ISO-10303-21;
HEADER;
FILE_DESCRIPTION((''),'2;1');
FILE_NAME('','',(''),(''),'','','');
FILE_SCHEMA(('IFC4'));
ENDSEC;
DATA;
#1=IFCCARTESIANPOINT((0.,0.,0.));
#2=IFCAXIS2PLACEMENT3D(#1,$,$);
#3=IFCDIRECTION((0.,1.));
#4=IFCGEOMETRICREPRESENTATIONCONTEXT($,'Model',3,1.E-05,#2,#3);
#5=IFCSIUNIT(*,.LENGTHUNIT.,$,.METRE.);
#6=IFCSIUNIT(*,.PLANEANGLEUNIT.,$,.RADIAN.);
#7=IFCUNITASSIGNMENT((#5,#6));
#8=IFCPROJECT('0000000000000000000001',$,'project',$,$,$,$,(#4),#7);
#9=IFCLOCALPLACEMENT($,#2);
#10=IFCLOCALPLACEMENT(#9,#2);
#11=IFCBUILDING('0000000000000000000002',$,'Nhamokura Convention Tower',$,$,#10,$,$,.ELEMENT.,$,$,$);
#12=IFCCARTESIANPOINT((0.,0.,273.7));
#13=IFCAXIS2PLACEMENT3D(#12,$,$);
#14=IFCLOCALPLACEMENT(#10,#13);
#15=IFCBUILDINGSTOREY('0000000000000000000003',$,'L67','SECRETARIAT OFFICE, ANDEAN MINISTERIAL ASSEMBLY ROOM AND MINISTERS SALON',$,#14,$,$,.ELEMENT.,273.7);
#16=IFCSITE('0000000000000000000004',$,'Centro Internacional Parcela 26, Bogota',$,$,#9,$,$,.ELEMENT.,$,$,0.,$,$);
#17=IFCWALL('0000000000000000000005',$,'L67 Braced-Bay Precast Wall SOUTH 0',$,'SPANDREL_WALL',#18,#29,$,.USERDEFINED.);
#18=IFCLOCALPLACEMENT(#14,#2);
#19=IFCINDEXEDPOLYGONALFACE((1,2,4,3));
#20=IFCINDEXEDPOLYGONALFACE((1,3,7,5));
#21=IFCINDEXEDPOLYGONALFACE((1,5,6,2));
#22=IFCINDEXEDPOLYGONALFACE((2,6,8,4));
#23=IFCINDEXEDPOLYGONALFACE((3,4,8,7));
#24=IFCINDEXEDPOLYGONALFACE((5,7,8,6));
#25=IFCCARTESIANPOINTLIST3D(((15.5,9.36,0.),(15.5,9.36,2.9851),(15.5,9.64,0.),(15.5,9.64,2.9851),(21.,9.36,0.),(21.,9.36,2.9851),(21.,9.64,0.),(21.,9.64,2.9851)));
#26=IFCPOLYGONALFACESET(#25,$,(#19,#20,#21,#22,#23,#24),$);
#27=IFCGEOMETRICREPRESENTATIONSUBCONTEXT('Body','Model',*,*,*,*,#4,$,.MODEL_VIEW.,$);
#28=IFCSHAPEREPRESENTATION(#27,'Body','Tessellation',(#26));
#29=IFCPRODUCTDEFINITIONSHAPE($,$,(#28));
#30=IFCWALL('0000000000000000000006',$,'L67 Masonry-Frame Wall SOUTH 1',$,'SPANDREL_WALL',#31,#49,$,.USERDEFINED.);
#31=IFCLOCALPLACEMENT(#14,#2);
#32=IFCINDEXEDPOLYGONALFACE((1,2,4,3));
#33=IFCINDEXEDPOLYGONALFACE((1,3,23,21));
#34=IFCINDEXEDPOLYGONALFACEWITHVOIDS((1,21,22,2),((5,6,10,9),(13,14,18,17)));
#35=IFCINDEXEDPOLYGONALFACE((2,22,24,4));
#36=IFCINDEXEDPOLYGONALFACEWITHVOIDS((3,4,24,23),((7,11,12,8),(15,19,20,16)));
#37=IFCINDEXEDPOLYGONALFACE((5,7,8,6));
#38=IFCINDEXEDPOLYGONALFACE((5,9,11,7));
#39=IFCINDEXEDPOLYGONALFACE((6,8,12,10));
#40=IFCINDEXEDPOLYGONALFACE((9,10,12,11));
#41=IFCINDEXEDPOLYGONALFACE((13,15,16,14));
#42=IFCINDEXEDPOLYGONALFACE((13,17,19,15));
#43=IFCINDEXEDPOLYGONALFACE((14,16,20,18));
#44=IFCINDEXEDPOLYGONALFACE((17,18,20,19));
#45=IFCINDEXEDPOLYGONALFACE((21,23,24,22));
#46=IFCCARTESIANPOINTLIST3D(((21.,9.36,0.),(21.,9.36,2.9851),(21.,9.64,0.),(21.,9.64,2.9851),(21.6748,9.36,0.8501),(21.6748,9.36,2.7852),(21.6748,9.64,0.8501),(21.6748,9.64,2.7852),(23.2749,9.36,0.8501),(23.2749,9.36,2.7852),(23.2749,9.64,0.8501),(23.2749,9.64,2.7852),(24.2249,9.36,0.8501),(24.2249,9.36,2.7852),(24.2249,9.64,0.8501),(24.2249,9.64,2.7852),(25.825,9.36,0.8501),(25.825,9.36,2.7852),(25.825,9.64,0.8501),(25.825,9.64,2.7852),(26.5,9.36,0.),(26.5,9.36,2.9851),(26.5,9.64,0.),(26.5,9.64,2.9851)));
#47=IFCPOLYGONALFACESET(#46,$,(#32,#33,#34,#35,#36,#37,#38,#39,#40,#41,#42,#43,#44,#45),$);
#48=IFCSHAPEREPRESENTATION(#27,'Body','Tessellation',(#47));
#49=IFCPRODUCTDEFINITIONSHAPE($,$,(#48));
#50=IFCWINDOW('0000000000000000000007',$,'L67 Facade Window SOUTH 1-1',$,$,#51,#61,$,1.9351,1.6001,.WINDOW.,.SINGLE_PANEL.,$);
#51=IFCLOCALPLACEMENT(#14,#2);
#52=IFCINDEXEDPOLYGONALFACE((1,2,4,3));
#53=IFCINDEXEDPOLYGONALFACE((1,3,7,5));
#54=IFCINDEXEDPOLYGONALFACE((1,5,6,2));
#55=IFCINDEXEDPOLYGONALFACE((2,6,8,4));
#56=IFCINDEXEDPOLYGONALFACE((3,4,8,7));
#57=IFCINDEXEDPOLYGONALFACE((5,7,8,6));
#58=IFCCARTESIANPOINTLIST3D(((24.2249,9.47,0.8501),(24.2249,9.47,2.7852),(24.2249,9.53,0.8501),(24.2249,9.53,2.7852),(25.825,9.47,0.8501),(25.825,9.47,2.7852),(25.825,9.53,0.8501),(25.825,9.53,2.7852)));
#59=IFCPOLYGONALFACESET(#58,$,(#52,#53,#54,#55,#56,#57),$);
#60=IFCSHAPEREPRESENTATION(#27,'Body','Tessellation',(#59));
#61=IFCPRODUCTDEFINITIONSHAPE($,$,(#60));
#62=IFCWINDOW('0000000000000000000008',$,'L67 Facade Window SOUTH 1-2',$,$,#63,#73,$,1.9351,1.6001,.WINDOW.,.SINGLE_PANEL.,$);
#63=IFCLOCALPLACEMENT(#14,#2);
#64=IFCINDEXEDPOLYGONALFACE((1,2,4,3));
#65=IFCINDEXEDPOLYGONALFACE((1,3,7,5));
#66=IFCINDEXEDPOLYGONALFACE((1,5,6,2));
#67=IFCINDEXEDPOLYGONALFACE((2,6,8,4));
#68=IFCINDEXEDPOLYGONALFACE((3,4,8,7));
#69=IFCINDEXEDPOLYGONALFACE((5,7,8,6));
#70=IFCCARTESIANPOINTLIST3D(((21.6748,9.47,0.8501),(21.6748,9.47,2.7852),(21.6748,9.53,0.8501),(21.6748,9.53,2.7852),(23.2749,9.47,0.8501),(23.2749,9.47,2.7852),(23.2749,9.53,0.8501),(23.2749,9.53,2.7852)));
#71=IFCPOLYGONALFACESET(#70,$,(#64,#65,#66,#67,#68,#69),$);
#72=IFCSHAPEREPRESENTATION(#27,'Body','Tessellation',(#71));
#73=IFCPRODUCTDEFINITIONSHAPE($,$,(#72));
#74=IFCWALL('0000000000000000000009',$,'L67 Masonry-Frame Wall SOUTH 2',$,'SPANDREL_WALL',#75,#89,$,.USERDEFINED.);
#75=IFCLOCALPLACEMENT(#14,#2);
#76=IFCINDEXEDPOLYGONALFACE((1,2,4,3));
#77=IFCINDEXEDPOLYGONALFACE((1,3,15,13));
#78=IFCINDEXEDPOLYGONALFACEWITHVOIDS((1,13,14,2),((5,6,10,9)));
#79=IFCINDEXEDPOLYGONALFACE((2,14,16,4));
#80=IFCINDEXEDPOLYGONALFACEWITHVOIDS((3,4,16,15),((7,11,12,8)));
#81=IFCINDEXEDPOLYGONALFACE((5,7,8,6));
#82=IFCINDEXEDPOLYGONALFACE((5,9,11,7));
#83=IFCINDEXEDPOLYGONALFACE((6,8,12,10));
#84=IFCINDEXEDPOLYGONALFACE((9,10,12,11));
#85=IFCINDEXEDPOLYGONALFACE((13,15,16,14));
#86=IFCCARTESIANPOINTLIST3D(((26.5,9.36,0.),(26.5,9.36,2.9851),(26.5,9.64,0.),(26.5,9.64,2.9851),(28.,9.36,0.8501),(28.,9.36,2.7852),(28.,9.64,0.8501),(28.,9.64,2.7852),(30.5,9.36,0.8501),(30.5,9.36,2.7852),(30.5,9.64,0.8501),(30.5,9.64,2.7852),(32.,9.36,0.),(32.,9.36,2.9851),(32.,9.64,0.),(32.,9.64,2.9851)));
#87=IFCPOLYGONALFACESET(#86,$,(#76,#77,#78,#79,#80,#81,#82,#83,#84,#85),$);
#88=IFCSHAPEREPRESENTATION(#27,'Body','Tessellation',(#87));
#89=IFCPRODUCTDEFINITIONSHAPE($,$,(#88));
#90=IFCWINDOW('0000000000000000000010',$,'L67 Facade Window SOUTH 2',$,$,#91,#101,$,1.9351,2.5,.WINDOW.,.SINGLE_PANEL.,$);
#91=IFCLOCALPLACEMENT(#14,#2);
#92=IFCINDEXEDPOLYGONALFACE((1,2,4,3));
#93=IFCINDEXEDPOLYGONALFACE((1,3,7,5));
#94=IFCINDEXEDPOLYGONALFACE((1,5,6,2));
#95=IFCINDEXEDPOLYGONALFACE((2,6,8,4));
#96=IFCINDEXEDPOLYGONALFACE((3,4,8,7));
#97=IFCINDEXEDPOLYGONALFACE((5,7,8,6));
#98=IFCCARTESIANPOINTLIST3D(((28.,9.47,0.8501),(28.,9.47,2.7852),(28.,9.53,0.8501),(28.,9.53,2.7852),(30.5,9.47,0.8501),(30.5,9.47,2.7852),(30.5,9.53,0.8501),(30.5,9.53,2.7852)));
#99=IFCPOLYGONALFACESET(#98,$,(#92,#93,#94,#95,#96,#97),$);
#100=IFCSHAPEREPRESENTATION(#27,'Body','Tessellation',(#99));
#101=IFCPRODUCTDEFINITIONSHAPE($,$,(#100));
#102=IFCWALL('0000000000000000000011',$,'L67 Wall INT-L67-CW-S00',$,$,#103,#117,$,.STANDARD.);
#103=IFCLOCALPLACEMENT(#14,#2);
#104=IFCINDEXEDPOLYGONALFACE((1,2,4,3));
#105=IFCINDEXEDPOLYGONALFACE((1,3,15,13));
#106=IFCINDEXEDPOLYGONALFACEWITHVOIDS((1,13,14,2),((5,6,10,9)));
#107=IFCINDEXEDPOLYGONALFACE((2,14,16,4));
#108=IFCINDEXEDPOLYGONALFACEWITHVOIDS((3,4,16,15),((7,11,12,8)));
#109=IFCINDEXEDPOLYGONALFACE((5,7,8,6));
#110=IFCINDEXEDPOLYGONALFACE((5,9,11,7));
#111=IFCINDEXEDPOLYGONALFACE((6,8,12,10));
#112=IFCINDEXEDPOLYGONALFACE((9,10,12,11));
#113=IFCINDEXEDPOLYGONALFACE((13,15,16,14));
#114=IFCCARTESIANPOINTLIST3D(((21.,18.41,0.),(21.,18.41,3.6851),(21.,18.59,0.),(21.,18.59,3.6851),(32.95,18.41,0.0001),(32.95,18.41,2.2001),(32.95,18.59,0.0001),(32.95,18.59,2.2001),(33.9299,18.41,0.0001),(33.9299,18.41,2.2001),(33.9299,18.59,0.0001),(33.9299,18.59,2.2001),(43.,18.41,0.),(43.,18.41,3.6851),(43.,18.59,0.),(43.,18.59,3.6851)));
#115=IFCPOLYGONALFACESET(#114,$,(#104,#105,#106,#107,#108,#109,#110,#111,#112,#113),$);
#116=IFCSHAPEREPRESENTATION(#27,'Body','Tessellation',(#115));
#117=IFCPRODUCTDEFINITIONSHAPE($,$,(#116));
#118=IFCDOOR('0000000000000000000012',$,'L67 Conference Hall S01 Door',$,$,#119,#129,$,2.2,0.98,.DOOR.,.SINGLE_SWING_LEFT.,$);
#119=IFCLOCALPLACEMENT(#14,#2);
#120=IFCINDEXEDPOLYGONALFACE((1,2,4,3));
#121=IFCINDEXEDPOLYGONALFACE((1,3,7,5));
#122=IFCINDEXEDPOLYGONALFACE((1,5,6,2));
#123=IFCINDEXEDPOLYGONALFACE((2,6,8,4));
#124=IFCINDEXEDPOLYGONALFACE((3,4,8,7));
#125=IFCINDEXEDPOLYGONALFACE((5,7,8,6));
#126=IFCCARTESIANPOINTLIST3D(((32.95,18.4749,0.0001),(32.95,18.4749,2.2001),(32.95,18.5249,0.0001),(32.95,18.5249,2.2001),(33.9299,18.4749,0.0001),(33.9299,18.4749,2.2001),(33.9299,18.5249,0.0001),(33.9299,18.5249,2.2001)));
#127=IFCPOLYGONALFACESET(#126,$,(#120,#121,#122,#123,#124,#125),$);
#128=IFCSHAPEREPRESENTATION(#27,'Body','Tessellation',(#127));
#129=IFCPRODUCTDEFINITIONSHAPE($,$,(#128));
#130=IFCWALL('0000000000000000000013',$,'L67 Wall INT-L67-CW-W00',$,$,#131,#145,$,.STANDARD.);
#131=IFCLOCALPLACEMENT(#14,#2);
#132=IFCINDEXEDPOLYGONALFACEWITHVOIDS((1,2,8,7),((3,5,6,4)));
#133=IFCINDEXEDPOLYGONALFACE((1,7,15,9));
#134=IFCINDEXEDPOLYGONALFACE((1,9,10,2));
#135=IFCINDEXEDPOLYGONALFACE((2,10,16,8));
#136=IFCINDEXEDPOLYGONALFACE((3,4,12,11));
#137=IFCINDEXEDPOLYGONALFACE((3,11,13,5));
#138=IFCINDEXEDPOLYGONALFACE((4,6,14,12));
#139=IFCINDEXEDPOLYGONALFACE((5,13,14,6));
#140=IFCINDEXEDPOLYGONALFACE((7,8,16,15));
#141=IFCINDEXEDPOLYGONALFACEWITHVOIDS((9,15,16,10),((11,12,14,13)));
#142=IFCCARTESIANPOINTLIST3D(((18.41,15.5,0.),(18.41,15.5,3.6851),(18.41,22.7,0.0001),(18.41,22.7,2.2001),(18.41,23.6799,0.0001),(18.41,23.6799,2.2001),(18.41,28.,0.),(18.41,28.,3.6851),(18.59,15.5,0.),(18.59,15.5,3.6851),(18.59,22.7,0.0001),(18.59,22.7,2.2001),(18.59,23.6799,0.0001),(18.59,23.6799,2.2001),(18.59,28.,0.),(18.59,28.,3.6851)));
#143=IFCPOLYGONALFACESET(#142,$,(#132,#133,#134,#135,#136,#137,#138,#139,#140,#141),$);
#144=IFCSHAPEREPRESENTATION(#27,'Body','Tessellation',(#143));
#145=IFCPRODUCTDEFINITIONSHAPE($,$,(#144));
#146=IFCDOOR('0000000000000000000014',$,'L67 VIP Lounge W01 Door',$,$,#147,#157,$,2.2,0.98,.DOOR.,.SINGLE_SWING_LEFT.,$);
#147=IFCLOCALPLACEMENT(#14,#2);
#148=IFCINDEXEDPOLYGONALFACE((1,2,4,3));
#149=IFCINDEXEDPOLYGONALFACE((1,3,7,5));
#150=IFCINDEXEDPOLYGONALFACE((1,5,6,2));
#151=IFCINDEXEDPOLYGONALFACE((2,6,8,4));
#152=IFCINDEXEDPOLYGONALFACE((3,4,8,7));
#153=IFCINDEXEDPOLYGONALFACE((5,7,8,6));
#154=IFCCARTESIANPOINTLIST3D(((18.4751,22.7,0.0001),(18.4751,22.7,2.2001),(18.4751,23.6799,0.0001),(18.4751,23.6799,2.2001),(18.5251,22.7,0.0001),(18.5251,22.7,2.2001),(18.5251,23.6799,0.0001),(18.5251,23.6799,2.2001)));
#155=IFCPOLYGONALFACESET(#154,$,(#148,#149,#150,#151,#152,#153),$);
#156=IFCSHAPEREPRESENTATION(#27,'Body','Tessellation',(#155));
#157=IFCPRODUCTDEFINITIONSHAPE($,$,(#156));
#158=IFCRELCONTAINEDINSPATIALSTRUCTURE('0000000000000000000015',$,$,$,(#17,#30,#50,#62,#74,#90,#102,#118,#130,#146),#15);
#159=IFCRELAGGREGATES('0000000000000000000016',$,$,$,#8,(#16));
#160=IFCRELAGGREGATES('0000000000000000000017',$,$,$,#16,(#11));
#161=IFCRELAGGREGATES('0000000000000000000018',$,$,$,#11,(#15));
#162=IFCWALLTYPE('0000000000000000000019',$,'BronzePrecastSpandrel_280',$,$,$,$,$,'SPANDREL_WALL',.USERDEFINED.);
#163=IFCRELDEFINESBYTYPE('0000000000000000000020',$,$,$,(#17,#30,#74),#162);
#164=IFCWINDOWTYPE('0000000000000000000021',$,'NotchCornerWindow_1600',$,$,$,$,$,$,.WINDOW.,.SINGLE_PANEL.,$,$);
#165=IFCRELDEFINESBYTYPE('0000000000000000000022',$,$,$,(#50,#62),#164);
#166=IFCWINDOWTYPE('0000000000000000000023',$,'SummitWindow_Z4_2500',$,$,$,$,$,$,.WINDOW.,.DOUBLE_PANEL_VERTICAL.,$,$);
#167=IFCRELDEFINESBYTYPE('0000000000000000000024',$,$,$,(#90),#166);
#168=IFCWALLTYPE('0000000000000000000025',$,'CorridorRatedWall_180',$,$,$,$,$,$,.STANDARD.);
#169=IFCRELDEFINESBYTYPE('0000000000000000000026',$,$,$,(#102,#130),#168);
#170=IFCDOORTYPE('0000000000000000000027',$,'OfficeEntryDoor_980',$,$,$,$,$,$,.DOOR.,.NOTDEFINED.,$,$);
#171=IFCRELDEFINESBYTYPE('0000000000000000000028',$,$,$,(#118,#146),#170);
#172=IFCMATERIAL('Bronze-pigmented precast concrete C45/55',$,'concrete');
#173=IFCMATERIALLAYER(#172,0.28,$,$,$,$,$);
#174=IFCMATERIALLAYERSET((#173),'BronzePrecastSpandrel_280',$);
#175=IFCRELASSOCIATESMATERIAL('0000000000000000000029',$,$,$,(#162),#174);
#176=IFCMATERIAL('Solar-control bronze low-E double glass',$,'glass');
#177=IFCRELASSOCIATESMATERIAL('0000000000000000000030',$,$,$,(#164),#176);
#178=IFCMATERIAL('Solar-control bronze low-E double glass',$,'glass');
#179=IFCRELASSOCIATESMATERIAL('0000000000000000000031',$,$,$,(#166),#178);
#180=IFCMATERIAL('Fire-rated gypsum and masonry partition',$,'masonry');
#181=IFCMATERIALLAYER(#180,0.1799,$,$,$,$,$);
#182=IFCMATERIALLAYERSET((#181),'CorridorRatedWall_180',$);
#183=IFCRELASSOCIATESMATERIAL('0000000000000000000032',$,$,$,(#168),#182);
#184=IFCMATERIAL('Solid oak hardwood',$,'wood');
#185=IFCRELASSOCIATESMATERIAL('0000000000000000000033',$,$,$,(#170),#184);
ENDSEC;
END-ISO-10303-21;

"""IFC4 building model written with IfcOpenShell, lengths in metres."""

from ifc_helpers import new_model, si_unit, direction, frame, frame_2d, origin, place, context, subcontext, project, spatial, rectangle, extrude, material, layer, layer_set, type_object, element, fill, save


model = new_model("IFC4")

# Units and contexts
model_context = context("Model", 3, precision=1e-05, world=origin(), true_north=direction((0.0, 1.0)))
body_context = subcontext(model_context, "Body", "Model", "MODEL_VIEW")
ifc_project = project(units=[si_unit("LENGTHUNIT", "METRE"), si_unit("PLANEANGLEUNIT", "RADIAN")], contexts=[model_context])

# Site, building, storey
site_placement = place(None, origin())
site = spatial("IfcSite", under=ifc_project, at=site_placement, Name="Centro Internacional Parcela 26, Bogota", CompositionType="ELEMENT", RefElevation=0.0)
building_placement = place(site_placement, origin())
building = spatial("IfcBuilding", under=site, at=building_placement, Name="Nhamokura Convention Tower", CompositionType="ELEMENT")
storey_placement = place(building_placement, frame((0.0, 0.0, 273.7)))
storey = spatial("IfcBuildingStorey", under=building, at=storey_placement, Name="L67", Description="SECRETARIAT OFFICE, ANDEAN MINISTERIAL ASSEMBLY ROOM AND MINISTERS SALON", CompositionType="ELEMENT", Elevation=273.7)

# Wall
ifc_material_1 = material(Name="Bronze-pigmented precast concrete C45/55", Category="concrete")
ifc_layer_1 = layer(ifc_material_1, 0.28)
ifc_layer_set_1 = layer_set([ifc_layer_1], Name="BronzePrecastSpandrel_280")
wall_type_1 = type_object("IfcWallType", Name="BronzePrecastSpandrel_280", ElementType="SPANDREL_WALL", PredefinedType="USERDEFINED", material=ifc_layer_set_1)
wall_1_placement = place(storey_placement, frame((21.0, 9.5, 0.0), z_axis=(0.0, 0.0, 1.0), x_axis=(-1.0, 0.0, 0.0)))
element("IfcWall", 1, at=wall_1_placement, inside=storey, type_object=wall_type_1, Name="L67 Braced-Bay Precast Wall SOUTH 0", ObjectType="SPANDREL_WALL", PredefinedType="USERDEFINED", context=body_context, shape_type="SweptSolid", body=[
    extrude(rectangle(XDim=5.5, YDim=0.28, at=frame_2d((2.75, 0.0))), origin(), (0.0, 0.0, 1.0), 2.9851),
])

# Wall, openings, windows
wall_2_placement = place(storey_placement, frame((26.5, 9.5, 0.0), z_axis=(0.0, 0.0, 1.0), x_axis=(-1.0, 0.0, 0.0)))
wall_2 = element("IfcWall", 2, at=wall_2_placement, inside=storey, type_object=wall_type_1, Name="L67 Masonry-Frame Wall SOUTH 1", ObjectType="SPANDREL_WALL", PredefinedType="USERDEFINED", context=body_context, shape_type="SweptSolid", body=[
    extrude(rectangle(XDim=5.5, YDim=0.28, at=frame_2d((2.75, 0.0))), origin(), (0.0, 0.0, 1.0), 2.9851),
])
opening_1_placement = place(wall_2_placement, frame((0.675, 0.0, 0.8501)))
opening_1 = element("IfcOpeningElement", 3, at=opening_1_placement, cuts=wall_2, PredefinedType="OPENING", context=body_context, shape_type="SweptSolid", body=[
    extrude(rectangle(XDim=1.6001, YDim=1.9351, at=frame_2d((0.8, 0.9675))), frame((0.0, 0.1499, 0.0), z_axis=(0.0, -1.0, 0.0), x_axis=(1.0, 0.0, 0.0)), (0.0, 0.0, 1.0), 0.3),
])
opening_2_placement = place(wall_2_placement, frame((3.2251, 0.0, 0.8501)))
opening_2 = element("IfcOpeningElement", 4, at=opening_2_placement, cuts=wall_2, PredefinedType="OPENING", context=body_context, shape_type="SweptSolid", body=[
    extrude(rectangle(XDim=1.6001, YDim=1.9351, at=frame_2d((0.8, 0.9675))), frame((0.0, 0.1499, 0.0), z_axis=(0.0, -1.0, 0.0), x_axis=(1.0, 0.0, 0.0)), (0.0, 0.0, 1.0), 0.3),
])
ifc_material_2 = material(Name="Solar-control bronze low-E double glass", Category="glass")
window_type_1 = type_object("IfcWindowType", Name="NotchCornerWindow_1600", PartitioningType="SINGLE_PANEL", PredefinedType="WINDOW", material=ifc_material_2)
window_1_placement = place(opening_1_placement, origin())
window_1 = element("IfcWindow", 5, at=window_1_placement, inside=storey, type_object=window_type_1, Name="L67 Facade Window SOUTH 1-1", OverallHeight=1.9351, OverallWidth=1.6001, PartitioningType="SINGLE_PANEL", PredefinedType="WINDOW", context=body_context, shape_type="SweptSolid", body=[
    extrude(rectangle(XDim=1.6001, YDim=1.9351, at=frame_2d((0.8, 0.9675))), frame((0.0, 0.03, 0.0), z_axis=(0.0, -1.0, 0.0), x_axis=(1.0, 0.0, 0.0)), (0.0, 0.0, 1.0), 0.0601),
])
fill(opening_1, window_1)
window_2_placement = place(opening_2_placement, origin())
window_2 = element("IfcWindow", 6, at=window_2_placement, inside=storey, type_object=window_type_1, Name="L67 Facade Window SOUTH 1-2", OverallHeight=1.9351, OverallWidth=1.6001, PartitioningType="SINGLE_PANEL", PredefinedType="WINDOW", context=body_context, shape_type="SweptSolid", body=[
    extrude(rectangle(XDim=1.6001, YDim=1.9351, at=frame_2d((0.8, 0.9675))), frame((0.0, 0.03, 0.0), z_axis=(0.0, -1.0, 0.0), x_axis=(1.0, 0.0, 0.0)), (0.0, 0.0, 1.0), 0.0601),
])
fill(opening_2, window_2)

# Wall, opening, window
wall_3_placement = place(storey_placement, frame((32.0, 9.5, 0.0), z_axis=(0.0, 0.0, 1.0), x_axis=(-1.0, 0.0, 0.0)))
wall_3 = element("IfcWall", 7, at=wall_3_placement, inside=storey, type_object=wall_type_1, Name="L67 Masonry-Frame Wall SOUTH 2", ObjectType="SPANDREL_WALL", PredefinedType="USERDEFINED", context=body_context, shape_type="SweptSolid", body=[
    extrude(rectangle(XDim=5.5, YDim=0.28, at=frame_2d((2.75, 0.0))), origin(), (0.0, 0.0, 1.0), 2.9851),
])
opening_3_placement = place(wall_3_placement, frame((1.5, 0.0, 0.8501)))
opening_3 = element("IfcOpeningElement", 8, at=opening_3_placement, cuts=wall_3, PredefinedType="OPENING", context=body_context, shape_type="SweptSolid", body=[
    extrude(rectangle(XDim=2.5, YDim=1.9351, at=frame_2d((1.25, 0.9675))), frame((0.0, 0.1499, 0.0), z_axis=(0.0, -1.0, 0.0), x_axis=(1.0, 0.0, 0.0)), (0.0, 0.0, 1.0), 0.3),
])
ifc_material_3 = material(Name="Solar-control bronze low-E double glass", Category="glass")
window_type_2 = type_object("IfcWindowType", Name="SummitWindow_Z4_2500", PartitioningType="DOUBLE_PANEL_VERTICAL", PredefinedType="WINDOW", material=ifc_material_3)
window_3_placement = place(opening_3_placement, origin())
window_3 = element("IfcWindow", 9, at=window_3_placement, inside=storey, type_object=window_type_2, Name="L67 Facade Window SOUTH 2", OverallHeight=1.9351, OverallWidth=2.5, PartitioningType="SINGLE_PANEL", PredefinedType="WINDOW", context=body_context, shape_type="SweptSolid", body=[
    extrude(rectangle(XDim=2.5, YDim=1.9351, at=frame_2d((1.25, 0.9675))), frame((0.0, 0.03, 0.0), z_axis=(0.0, -1.0, 0.0), x_axis=(1.0, 0.0, 0.0)), (0.0, 0.0, 1.0), 0.0601),
])
fill(opening_3, window_3)

# Walls, openings, doors
ifc_material_4 = material(Name="Fire-rated gypsum and masonry partition", Category="masonry")
ifc_layer_2 = layer(ifc_material_4, 0.1799)
ifc_layer_set_2 = layer_set([ifc_layer_2], Name="CorridorRatedWall_180")
wall_type_2 = type_object("IfcWallType", Name="CorridorRatedWall_180", PredefinedType="STANDARD", material=ifc_layer_set_2)
wall_4_placement = place(storey_placement, frame((21.0, 18.5, 0.0), z_axis=(0.0, 0.0, 1.0), x_axis=(1.0, 0.0, 0.0)))
wall_4 = element("IfcWall", 10, at=wall_4_placement, inside=storey, type_object=wall_type_2, Name="L67 Wall INT-L67-CW-S00", PredefinedType="STANDARD", context=body_context, shape_type="SweptSolid", body=[
    extrude(rectangle(XDim=22.0, YDim=0.1799, at=frame_2d((11.0, 0.0))), origin(), (0.0, 0.0, 1.0), 3.6851),
])
opening_4_placement = place(wall_4_placement, frame((11.95, 0.0, 0.0)))
opening_4 = element("IfcOpeningElement", 11, at=opening_4_placement, cuts=wall_4, PredefinedType="OPENING", context=body_context, shape_type="SweptSolid", body=[
    extrude(rectangle(XDim=0.98, YDim=2.2, at=frame_2d((0.49, 1.1001))), frame((0.0, 0.0999, 0.0), z_axis=(0.0, -1.0, 0.0), x_axis=(1.0, 0.0, 0.0)), (0.0, 0.0, 1.0), 0.2),
])
ifc_material_5 = material(Name="Solid oak hardwood", Category="wood")
door_type = type_object("IfcDoorType", Name="OfficeEntryDoor_980", OperationType="NOTDEFINED", PredefinedType="DOOR", material=ifc_material_5)
door_1_placement = place(opening_4_placement, origin())
door_1 = element("IfcDoor", 12, at=door_1_placement, inside=storey, type_object=door_type, Name="L67 Conference Hall S01 Door", OperationType="SINGLE_SWING_LEFT", OverallHeight=2.2, OverallWidth=0.98, PredefinedType="DOOR", context=body_context, shape_type="SweptSolid", body=[
    extrude(rectangle(XDim=0.98, YDim=2.2, at=frame_2d((0.49, 1.1001))), frame((0.0, 0.0249, 0.0), z_axis=(0.0, -1.0, 0.0), x_axis=(1.0, 0.0, 0.0)), (0.0, 0.0, 1.0), 0.05),
])
fill(opening_4, door_1)
wall_5_placement = place(storey_placement, frame((18.5, 15.5, 0.0), z_axis=(0.0, 0.0, 1.0), x_axis=(0.0, 1.0, 0.0)))
wall_5 = element("IfcWall", 13, at=wall_5_placement, inside=storey, type_object=wall_type_2, Name="L67 Wall INT-L67-CW-W00", PredefinedType="STANDARD", context=body_context, shape_type="SweptSolid", body=[
    extrude(rectangle(XDim=12.5, YDim=0.1799, at=frame_2d((6.25, 0.0))), origin(), (0.0, 0.0, 1.0), 3.6851),
])
opening_5_placement = place(wall_5_placement, frame((7.2, 0.0, 0.0)))
opening_5 = element("IfcOpeningElement", 14, at=opening_5_placement, cuts=wall_5, PredefinedType="OPENING", context=body_context, shape_type="SweptSolid", body=[
    extrude(rectangle(XDim=0.98, YDim=2.2, at=frame_2d((0.49, 1.1001))), frame((0.0, 0.0999, 0.0), z_axis=(0.0, -1.0, 0.0), x_axis=(1.0, 0.0, 0.0)), (0.0, 0.0, 1.0), 0.2),
])
door_2_placement = place(opening_5_placement, origin())
door_2 = element("IfcDoor", 15, at=door_2_placement, inside=storey, type_object=door_type, Name="L67 VIP Lounge W01 Door", OperationType="SINGLE_SWING_LEFT", OverallHeight=2.2, OverallWidth=0.98, PredefinedType="DOOR", context=body_context, shape_type="SweptSolid", body=[
    extrude(rectangle(XDim=0.98, YDim=2.2, at=frame_2d((0.49, 1.1001))), frame((0.0, 0.0249, 0.0), z_axis=(0.0, -1.0, 0.0), x_axis=(1.0, 0.0, 0.0)), (0.0, 0.0, 1.0), 0.05),
])
fill(opening_5, door_2)

save(model, "model.ifc")
